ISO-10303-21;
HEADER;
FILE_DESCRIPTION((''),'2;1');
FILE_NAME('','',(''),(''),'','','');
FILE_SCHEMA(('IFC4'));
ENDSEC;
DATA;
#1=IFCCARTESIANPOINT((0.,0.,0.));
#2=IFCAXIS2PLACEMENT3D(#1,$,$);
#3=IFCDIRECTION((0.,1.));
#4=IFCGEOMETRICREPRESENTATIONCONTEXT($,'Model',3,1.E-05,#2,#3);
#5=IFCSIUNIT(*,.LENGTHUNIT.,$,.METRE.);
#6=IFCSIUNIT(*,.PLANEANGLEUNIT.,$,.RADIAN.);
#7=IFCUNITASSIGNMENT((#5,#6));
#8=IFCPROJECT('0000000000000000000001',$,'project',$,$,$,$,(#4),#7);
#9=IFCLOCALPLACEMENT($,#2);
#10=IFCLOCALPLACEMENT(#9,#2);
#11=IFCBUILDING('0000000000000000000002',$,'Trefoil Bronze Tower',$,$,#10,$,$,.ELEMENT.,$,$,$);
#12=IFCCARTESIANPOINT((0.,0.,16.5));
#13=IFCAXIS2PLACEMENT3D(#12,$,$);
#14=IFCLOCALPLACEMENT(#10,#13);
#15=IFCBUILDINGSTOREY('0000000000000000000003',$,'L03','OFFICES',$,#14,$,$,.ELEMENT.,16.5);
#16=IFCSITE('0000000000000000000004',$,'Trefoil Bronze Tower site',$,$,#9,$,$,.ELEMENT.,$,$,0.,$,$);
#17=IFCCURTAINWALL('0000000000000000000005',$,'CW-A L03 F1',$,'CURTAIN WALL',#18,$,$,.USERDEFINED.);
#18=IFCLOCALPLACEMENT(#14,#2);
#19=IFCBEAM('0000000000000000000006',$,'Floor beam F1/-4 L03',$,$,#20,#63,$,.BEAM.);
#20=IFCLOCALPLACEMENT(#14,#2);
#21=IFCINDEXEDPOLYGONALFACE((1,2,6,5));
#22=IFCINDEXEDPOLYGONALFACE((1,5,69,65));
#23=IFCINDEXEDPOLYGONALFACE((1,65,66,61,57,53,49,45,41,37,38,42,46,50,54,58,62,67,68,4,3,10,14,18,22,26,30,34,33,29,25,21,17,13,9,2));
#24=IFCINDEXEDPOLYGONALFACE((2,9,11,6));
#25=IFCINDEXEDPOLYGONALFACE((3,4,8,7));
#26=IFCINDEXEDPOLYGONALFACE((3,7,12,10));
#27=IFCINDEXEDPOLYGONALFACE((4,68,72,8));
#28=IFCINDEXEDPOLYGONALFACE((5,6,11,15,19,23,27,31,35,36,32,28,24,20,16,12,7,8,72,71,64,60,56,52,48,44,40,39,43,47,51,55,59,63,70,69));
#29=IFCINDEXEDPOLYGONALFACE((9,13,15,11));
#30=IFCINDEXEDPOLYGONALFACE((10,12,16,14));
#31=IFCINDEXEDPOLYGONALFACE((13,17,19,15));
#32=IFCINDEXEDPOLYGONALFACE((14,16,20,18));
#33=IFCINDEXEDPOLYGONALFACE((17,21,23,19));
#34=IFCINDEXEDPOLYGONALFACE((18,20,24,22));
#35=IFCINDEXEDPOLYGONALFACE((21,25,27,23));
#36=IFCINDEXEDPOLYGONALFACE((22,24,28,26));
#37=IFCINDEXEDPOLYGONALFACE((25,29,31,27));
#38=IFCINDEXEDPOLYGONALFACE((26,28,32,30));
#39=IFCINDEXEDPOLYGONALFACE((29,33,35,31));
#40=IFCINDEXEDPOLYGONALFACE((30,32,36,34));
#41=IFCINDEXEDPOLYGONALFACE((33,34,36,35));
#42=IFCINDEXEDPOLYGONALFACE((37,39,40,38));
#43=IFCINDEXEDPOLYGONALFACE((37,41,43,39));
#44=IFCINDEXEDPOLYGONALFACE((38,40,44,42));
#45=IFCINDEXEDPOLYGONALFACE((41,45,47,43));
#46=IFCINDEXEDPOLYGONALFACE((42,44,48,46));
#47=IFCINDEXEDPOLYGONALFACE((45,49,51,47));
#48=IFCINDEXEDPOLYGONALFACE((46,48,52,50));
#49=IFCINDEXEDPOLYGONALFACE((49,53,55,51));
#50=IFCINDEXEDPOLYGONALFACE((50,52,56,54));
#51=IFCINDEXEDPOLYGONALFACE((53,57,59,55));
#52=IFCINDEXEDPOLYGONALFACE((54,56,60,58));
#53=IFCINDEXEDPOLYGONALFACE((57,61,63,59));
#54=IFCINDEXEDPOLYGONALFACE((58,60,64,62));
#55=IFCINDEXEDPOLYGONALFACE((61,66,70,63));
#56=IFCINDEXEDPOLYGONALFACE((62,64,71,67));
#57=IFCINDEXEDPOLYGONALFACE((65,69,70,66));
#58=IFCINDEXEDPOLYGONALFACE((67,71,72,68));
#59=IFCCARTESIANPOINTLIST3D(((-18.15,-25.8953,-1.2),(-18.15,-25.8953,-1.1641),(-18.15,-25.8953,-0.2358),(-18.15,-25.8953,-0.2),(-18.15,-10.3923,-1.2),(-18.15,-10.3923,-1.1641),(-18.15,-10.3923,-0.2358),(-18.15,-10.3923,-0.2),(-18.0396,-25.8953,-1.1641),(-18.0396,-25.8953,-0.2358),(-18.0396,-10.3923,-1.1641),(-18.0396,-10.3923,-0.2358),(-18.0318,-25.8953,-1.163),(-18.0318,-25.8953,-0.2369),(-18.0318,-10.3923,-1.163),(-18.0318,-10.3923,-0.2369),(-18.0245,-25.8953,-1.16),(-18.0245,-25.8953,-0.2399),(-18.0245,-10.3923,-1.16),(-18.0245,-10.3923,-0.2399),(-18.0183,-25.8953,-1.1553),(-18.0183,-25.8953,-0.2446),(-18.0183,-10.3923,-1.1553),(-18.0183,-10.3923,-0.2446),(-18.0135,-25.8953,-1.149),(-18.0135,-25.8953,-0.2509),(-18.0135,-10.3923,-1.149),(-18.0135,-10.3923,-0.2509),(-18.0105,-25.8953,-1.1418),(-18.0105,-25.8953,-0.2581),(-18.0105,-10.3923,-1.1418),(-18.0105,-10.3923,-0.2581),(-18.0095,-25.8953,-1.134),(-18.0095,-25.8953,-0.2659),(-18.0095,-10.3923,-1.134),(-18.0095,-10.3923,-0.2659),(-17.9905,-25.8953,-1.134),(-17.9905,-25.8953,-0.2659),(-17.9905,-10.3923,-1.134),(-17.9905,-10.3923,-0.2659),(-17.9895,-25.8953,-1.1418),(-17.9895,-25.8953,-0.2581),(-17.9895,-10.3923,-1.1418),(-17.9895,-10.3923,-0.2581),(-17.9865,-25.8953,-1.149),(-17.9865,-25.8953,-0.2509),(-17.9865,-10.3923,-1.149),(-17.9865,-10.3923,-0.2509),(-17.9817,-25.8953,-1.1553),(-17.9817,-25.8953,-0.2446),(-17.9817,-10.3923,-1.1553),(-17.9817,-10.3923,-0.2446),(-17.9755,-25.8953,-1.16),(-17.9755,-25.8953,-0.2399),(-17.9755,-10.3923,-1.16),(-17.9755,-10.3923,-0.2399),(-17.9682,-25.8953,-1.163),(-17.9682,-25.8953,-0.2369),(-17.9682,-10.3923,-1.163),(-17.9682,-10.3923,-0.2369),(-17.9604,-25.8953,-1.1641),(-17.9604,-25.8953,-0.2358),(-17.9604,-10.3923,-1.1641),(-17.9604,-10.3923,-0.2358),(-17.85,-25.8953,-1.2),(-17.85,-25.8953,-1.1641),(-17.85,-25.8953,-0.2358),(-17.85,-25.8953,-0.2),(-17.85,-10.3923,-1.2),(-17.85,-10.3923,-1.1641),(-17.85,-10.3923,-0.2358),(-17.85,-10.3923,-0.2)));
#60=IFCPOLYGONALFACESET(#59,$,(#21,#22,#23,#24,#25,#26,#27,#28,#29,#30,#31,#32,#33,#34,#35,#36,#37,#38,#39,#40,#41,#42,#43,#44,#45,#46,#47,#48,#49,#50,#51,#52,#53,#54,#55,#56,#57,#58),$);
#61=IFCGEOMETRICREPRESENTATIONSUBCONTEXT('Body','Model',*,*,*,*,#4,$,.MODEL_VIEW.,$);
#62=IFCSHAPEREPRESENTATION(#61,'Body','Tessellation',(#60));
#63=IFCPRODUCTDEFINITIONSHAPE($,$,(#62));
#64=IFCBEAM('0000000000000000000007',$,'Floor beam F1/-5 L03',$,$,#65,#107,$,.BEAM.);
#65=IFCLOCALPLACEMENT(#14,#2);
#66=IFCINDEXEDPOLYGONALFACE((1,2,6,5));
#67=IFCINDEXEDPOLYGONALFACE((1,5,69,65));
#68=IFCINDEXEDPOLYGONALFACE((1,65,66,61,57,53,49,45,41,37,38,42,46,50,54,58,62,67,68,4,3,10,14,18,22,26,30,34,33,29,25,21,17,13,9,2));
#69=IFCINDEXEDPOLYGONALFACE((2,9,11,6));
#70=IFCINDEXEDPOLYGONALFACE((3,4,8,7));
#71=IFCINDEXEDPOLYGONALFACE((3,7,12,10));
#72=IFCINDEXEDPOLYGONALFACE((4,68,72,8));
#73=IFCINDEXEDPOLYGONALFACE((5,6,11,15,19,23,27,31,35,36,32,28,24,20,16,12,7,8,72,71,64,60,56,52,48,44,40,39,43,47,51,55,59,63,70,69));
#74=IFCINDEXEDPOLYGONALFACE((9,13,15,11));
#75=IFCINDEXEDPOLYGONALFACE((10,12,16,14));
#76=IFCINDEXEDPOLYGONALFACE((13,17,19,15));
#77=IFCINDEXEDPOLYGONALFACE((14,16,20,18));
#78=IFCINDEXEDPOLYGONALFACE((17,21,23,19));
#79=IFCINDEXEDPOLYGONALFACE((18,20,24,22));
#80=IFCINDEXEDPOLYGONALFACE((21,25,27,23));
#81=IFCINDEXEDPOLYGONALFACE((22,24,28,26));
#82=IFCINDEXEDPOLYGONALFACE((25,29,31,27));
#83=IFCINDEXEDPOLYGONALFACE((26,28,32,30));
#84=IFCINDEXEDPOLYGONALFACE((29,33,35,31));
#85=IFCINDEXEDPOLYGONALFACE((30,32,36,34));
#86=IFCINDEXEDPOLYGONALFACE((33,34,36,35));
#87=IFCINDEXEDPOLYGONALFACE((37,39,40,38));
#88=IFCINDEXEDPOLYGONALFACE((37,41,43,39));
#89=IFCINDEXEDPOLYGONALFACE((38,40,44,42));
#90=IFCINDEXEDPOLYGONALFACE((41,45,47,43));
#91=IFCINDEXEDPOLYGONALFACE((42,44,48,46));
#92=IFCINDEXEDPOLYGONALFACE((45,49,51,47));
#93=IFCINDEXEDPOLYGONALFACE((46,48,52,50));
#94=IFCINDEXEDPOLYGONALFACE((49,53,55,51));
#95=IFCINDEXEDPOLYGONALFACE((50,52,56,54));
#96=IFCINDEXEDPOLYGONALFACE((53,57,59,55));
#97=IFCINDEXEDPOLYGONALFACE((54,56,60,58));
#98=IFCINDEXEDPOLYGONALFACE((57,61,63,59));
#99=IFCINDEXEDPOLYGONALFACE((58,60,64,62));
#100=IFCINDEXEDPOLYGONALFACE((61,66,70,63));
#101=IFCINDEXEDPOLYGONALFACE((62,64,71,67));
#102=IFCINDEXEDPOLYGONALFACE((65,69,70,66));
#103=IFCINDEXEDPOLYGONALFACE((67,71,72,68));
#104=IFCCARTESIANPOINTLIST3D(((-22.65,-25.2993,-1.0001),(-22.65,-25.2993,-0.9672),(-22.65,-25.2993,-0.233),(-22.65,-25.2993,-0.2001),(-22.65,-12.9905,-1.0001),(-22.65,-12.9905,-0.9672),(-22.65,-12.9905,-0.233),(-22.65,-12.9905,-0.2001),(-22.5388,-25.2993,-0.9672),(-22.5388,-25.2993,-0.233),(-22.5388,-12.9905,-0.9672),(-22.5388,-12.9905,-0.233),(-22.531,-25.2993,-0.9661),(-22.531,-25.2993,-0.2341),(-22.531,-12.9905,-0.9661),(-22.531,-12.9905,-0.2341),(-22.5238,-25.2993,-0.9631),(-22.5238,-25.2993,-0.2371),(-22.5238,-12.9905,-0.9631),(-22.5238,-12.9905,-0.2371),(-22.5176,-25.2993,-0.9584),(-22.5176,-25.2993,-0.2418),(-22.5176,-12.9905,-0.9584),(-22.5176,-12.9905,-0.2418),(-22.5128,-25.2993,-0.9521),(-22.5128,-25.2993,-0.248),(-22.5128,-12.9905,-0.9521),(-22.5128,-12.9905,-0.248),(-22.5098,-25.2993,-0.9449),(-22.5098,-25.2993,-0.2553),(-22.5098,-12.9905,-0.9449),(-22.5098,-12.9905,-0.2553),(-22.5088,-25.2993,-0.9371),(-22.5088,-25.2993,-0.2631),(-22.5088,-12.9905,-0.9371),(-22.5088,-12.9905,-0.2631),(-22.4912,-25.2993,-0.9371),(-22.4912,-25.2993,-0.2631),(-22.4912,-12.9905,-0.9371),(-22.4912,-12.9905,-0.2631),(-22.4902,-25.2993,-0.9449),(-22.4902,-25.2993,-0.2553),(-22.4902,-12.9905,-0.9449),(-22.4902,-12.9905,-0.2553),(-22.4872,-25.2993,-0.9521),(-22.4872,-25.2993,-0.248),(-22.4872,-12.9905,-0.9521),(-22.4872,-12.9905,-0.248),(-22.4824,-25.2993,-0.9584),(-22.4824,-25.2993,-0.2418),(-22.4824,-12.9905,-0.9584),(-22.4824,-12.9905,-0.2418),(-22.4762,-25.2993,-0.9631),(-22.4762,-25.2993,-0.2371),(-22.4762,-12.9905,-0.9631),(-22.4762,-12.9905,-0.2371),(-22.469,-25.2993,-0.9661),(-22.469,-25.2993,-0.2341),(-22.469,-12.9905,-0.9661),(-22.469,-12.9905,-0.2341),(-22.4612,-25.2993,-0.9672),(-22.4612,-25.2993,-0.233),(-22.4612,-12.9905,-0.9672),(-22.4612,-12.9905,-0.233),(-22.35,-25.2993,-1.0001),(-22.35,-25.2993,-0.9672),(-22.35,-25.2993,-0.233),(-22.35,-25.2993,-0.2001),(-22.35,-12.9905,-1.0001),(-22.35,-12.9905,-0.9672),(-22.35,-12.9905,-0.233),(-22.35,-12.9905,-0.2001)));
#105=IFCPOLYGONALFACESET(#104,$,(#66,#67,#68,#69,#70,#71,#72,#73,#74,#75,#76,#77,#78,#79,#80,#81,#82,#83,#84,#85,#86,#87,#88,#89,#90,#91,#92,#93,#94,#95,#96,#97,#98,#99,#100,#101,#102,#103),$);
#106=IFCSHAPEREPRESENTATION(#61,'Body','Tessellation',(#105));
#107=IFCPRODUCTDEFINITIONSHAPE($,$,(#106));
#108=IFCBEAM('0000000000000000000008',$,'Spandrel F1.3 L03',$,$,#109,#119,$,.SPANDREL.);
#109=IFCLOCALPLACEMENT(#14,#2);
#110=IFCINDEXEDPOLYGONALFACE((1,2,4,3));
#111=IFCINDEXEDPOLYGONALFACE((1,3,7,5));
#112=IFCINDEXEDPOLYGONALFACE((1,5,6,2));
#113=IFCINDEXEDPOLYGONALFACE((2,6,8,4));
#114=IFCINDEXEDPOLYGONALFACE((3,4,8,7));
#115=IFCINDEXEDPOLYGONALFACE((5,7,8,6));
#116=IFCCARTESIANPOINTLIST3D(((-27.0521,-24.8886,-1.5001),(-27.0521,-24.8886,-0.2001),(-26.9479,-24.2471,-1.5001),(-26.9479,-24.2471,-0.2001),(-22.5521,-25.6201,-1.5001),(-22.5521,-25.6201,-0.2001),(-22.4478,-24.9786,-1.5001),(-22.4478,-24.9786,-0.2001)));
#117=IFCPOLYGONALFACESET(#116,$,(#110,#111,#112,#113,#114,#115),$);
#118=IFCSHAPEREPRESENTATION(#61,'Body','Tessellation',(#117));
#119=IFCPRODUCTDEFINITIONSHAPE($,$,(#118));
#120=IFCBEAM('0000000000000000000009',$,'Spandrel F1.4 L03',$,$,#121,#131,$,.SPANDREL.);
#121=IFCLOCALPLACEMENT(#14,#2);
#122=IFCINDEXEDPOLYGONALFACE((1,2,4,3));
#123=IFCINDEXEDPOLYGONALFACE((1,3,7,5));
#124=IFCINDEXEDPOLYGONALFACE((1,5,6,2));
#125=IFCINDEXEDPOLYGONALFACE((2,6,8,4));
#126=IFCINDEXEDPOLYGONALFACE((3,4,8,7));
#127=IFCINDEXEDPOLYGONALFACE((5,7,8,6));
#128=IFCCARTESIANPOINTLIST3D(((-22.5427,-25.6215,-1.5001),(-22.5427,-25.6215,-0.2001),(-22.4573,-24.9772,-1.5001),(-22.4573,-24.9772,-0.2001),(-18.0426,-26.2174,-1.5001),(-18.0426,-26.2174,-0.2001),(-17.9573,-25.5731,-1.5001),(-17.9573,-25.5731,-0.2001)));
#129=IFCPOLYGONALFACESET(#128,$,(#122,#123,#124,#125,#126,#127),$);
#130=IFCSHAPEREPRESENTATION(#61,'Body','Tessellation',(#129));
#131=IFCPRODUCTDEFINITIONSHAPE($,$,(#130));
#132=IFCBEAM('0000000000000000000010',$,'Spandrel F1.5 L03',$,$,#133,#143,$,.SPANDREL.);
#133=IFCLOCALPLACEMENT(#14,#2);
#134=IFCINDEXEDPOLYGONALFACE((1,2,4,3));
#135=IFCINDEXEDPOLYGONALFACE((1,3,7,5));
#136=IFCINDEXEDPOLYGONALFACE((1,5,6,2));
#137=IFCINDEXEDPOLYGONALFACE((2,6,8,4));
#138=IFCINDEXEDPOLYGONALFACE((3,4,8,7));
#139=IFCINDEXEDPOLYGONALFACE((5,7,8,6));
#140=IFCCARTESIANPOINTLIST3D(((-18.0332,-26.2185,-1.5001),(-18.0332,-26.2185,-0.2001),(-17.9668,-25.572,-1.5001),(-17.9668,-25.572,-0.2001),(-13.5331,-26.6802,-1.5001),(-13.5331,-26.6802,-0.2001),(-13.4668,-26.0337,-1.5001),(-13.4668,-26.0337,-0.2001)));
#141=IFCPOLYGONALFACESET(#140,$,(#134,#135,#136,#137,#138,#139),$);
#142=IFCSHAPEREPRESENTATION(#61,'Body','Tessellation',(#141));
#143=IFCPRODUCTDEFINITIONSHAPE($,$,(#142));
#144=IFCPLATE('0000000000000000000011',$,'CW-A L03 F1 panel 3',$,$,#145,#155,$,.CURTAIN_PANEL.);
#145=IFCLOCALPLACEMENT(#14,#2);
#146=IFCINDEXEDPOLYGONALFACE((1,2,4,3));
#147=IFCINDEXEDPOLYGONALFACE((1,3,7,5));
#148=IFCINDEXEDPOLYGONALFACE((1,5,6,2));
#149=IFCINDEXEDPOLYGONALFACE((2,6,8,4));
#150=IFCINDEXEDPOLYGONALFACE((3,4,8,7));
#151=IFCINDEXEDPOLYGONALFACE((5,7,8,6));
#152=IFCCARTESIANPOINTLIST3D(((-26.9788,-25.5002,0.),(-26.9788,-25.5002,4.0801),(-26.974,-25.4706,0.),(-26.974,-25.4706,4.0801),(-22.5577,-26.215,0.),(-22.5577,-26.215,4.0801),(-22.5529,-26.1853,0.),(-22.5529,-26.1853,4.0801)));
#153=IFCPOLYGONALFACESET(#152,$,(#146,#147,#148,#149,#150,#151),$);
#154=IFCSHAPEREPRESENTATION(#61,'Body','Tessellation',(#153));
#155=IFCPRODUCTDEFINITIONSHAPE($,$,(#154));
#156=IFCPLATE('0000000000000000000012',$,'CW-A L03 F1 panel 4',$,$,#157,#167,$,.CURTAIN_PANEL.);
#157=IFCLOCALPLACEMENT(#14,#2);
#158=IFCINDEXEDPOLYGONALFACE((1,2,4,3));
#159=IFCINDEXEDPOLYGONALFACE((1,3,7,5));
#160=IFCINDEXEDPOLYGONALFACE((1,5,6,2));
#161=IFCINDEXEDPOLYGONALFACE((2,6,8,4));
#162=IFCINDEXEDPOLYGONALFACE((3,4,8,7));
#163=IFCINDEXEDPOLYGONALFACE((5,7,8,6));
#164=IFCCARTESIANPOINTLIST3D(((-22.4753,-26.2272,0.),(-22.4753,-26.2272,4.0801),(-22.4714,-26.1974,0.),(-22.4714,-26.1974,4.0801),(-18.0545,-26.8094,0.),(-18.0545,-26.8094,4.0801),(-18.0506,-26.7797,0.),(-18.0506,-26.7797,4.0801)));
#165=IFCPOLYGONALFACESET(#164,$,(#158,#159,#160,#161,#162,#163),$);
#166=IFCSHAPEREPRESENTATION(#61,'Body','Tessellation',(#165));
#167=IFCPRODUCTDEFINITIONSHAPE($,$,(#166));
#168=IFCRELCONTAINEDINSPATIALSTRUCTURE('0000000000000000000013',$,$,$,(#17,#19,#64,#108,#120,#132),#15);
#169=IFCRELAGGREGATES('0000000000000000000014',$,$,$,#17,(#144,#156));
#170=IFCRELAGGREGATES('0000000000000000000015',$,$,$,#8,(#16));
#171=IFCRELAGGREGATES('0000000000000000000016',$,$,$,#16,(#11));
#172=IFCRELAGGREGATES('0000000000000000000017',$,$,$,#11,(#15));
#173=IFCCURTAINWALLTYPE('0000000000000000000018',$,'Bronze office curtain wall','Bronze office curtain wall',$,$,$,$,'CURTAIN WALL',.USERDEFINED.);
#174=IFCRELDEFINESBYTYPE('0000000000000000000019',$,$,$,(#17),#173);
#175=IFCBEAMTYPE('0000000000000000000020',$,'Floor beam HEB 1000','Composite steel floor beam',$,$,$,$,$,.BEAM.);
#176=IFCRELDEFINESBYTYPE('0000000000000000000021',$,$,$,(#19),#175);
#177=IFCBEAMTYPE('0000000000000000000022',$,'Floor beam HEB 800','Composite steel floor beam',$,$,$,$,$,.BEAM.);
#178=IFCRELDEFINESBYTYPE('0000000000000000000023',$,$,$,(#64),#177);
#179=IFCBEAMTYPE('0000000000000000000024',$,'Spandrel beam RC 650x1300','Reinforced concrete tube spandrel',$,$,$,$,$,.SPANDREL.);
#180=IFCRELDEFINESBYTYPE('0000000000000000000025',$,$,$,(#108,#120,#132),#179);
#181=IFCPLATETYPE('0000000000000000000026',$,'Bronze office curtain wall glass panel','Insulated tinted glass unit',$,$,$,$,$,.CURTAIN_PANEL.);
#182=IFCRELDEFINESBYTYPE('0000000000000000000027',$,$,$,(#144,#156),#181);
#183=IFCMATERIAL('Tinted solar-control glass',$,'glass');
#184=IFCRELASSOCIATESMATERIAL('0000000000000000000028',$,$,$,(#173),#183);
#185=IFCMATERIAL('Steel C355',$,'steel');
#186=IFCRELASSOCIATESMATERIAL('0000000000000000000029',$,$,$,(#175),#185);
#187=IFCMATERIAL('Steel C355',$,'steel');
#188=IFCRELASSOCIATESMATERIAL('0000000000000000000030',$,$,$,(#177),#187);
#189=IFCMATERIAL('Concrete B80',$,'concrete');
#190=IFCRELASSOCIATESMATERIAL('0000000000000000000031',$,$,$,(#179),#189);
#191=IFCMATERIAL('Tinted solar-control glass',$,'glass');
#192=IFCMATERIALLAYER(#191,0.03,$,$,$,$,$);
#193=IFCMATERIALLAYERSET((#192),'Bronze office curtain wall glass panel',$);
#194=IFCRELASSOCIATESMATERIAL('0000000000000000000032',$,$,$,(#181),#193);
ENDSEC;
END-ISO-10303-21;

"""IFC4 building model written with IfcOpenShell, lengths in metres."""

from ifc_helpers import new_model, si_unit, direction, frame, origin, origin_2d, place, context, subcontext, project, spatial, rectangle, i_section, extrude, material, layer, layer_set, material_profile, profile_set, type_object, element, aggregate, save


model = new_model("IFC4")

# Units and contexts
model_context = context("Model", 3, precision=1e-05, world=origin(), true_north=direction((0.0, 1.0)))
body_context = subcontext(model_context, "Body", "Model", "MODEL_VIEW")
ifc_project = project(units=[si_unit("LENGTHUNIT", "METRE"), si_unit("PLANEANGLEUNIT", "RADIAN")], contexts=[model_context])

# Site, building, storey
site_placement = place(None, origin())
site = spatial("IfcSite", under=ifc_project, at=site_placement, Name="Trefoil Bronze Tower site", CompositionType="ELEMENT", RefElevation=0.0)
building_placement = place(site_placement, origin())
building = spatial("IfcBuilding", under=site, at=building_placement, Name="Trefoil Bronze Tower", CompositionType="ELEMENT")
storey_placement = place(building_placement, frame((0.0, 0.0, 16.5)))
storey = spatial("IfcBuildingStorey", under=building, at=storey_placement, Name="L03", Description="OFFICES", CompositionType="ELEMENT", Elevation=16.5)

# Curtain wall
ifc_material_1 = material(Name="Tinted solar-control glass", Category="glass")
curtain_wall_type = type_object("IfcCurtainWallType", Name="Bronze office curtain wall", Description="Bronze office curtain wall", ElementType="CURTAIN WALL", PredefinedType="USERDEFINED", material=ifc_material_1)
curtain_wall_placement = place(storey_placement, origin())
curtain_wall = element("IfcCurtainWall", 1, at=curtain_wall_placement, inside=storey, type_object=curtain_wall_type, Name="CW-A L03 F1", ObjectType="CURTAIN WALL", PredefinedType="USERDEFINED")

# Beams
ifc_material_2 = material(Name="Steel C355", Category="steel")
ifc_material_profile_1 = material_profile(ifc_material_2, i_section(OverallWidth=0.3, OverallDepth=1.0, WebThickness=0.019, FlangeThickness=0.0359, FilletRadius=0.03, at=origin_2d()), Name="HEB 1000")
ifc_profile_set_1 = profile_set([ifc_material_profile_1], Name="Steel C355")
beam_type_1 = type_object("IfcBeamType", Name="Floor beam HEB 1000", Description="Composite steel floor beam", PredefinedType="BEAM", material=ifc_profile_set_1)
beam_1_placement = place(storey_placement, frame((-18.0, -25.8953, -0.7), z_axis=(0.0, 1.0, 0.0), x_axis=(-1.0, 0.0, 0.0)))
element("IfcBeam", 2, at=beam_1_placement, inside=storey, type_object=beam_type_1, Name="Floor beam F1/-4 L03", PredefinedType="BEAM", context=body_context, shape_type="SweptSolid", body=[
    extrude(i_section(OverallWidth=0.3, OverallDepth=1.0, WebThickness=0.019, FlangeThickness=0.0359, FilletRadius=0.03, at=origin_2d()), origin(), (0.0, 0.0, 1.0), 15.5029),
])
ifc_material_3 = material(Name="Steel C355", Category="steel")
ifc_material_profile_2 = material_profile(ifc_material_3, i_section(OverallWidth=0.3, OverallDepth=0.8, WebThickness=0.0176, FlangeThickness=0.033, FilletRadius=0.03, at=origin_2d()), Name="HEB 800")
ifc_profile_set_2 = profile_set([ifc_material_profile_2], Name="Steel C355")
beam_type_2 = type_object("IfcBeamType", Name="Floor beam HEB 800", Description="Composite steel floor beam", PredefinedType="BEAM", material=ifc_profile_set_2)
beam_2_placement = place(storey_placement, frame((-22.5, -25.2993, -0.6001), z_axis=(0.0, 1.0, 0.0), x_axis=(-1.0, 0.0, 0.0)))
element("IfcBeam", 3, at=beam_2_placement, inside=storey, type_object=beam_type_2, Name="Floor beam F1/-5 L03", PredefinedType="BEAM", context=body_context, shape_type="SweptSolid", body=[
    extrude(i_section(OverallWidth=0.3, OverallDepth=0.8, WebThickness=0.0176, FlangeThickness=0.033, FilletRadius=0.03, at=origin_2d()), origin(), (0.0, 0.0, 1.0), 12.3088),
])
ifc_material_4 = material(Name="Concrete B80", Category="concrete")
ifc_material_profile_3 = material_profile(ifc_material_4, rectangle(XDim=0.6499, YDim=1.3, at=origin_2d()), Name="RC 650x1300")
ifc_profile_set_3 = profile_set([ifc_material_profile_3], Name="Concrete B80")
beam_type_3 = type_object("IfcBeamType", Name="Spandrel beam RC 650x1300", Description="Reinforced concrete tube spandrel", PredefinedType="SPANDREL", material=ifc_profile_set_3)
beam_3_placement = place(storey_placement, frame((-27.0, -24.5679, -0.8501), z_axis=(0.987046, -0.160438, 0.0), x_axis=(0.160438, 0.987046, 0.0)))
element("IfcBeam", 4, at=beam_3_placement, inside=storey, type_object=beam_type_3, Name="Spandrel F1.3 L03", PredefinedType="SPANDREL", context=body_context, shape_type="SweptSolid", body=[
    extrude(rectangle(XDim=0.6499, YDim=1.3, at=origin_2d()), origin(), (0.0, 0.0, 1.0), 4.5591),
])
beam_4_placement = place(storey_placement, frame((-22.5, -25.2993, -0.8501), z_axis=(0.991344, -0.131286, 0.0), x_axis=(0.131286, 0.991344, 0.0)))
element("IfcBeam", 5, at=beam_4_placement, inside=storey, type_object=beam_type_3, Name="Spandrel F1.4 L03", PredefinedType="SPANDREL", context=body_context, shape_type="SweptSolid", body=[
    extrude(rectangle(XDim=0.6499, YDim=1.3, at=origin_2d()), origin(), (0.0, 0.0, 1.0), 4.5393),
])
beam_5_placement = place(storey_placement, frame((-18.0, -25.8953, -0.8501), z_axis=(0.994778, -0.102058, 0.0), x_axis=(0.102058, 0.994778, 0.0)))
element("IfcBeam", 6, at=beam_5_placement, inside=storey, type_object=beam_type_3, Name="Spandrel F1.5 L03", PredefinedType="SPANDREL", context=body_context, shape_type="SweptSolid", body=[
    extrude(rectangle(XDim=0.6499, YDim=1.3, at=origin_2d()), origin(), (0.0, 0.0, 1.0), 4.5237),
])

# Plates
ifc_material_5 = material(Name="Tinted solar-control glass", Category="glass")
ifc_layer_1 = layer(ifc_material_5, 0.03)
ifc_layer_set_1 = layer_set([ifc_layer_1], Name="Bronze office curtain wall glass panel")
plate_type = type_object("IfcPlateType", Name="Bronze office curtain wall glass panel", Description="Insulated tinted glass unit", PredefinedType="CURTAIN_PANEL", material=ifc_layer_set_1)
plate_1_placement = place(storey_placement, frame((-24.7659, -25.8428, 0.0), z_axis=(0.0, 0.0, 1.0), x_axis=(0.987181, -0.159603, 0.0)))
plate_1 = element("IfcPlate", 7, at=plate_1_placement, type_object=plate_type, Name="CW-A L03 F1 panel 3", PredefinedType="CURTAIN_PANEL", context=body_context, shape_type="SweptSolid", body=[
    extrude(rectangle(XDim=4.4785, YDim=0.03, at=origin_2d()), origin(), (0.0, 0.0, 1.0), 4.0801),
])
plate_2_placement = place(storey_placement, frame((-20.2629, -26.5034, 0.0), z_axis=(0.0, 0.0, 1.0), x_axis=(0.991437, -0.130584, 0.0)))
plate_2 = element("IfcPlate", 8, at=plate_2_placement, type_object=plate_type, Name="CW-A L03 F1 panel 4", PredefinedType="CURTAIN_PANEL", context=body_context, shape_type="SweptSolid", body=[
    extrude(rectangle(XDim=4.459, YDim=0.03, at=origin_2d()), origin(), (0.0, 0.0, 1.0), 4.0801),
])
aggregate(curtain_wall, [plate_1, plate_2])

save(model, "model.ifc")
